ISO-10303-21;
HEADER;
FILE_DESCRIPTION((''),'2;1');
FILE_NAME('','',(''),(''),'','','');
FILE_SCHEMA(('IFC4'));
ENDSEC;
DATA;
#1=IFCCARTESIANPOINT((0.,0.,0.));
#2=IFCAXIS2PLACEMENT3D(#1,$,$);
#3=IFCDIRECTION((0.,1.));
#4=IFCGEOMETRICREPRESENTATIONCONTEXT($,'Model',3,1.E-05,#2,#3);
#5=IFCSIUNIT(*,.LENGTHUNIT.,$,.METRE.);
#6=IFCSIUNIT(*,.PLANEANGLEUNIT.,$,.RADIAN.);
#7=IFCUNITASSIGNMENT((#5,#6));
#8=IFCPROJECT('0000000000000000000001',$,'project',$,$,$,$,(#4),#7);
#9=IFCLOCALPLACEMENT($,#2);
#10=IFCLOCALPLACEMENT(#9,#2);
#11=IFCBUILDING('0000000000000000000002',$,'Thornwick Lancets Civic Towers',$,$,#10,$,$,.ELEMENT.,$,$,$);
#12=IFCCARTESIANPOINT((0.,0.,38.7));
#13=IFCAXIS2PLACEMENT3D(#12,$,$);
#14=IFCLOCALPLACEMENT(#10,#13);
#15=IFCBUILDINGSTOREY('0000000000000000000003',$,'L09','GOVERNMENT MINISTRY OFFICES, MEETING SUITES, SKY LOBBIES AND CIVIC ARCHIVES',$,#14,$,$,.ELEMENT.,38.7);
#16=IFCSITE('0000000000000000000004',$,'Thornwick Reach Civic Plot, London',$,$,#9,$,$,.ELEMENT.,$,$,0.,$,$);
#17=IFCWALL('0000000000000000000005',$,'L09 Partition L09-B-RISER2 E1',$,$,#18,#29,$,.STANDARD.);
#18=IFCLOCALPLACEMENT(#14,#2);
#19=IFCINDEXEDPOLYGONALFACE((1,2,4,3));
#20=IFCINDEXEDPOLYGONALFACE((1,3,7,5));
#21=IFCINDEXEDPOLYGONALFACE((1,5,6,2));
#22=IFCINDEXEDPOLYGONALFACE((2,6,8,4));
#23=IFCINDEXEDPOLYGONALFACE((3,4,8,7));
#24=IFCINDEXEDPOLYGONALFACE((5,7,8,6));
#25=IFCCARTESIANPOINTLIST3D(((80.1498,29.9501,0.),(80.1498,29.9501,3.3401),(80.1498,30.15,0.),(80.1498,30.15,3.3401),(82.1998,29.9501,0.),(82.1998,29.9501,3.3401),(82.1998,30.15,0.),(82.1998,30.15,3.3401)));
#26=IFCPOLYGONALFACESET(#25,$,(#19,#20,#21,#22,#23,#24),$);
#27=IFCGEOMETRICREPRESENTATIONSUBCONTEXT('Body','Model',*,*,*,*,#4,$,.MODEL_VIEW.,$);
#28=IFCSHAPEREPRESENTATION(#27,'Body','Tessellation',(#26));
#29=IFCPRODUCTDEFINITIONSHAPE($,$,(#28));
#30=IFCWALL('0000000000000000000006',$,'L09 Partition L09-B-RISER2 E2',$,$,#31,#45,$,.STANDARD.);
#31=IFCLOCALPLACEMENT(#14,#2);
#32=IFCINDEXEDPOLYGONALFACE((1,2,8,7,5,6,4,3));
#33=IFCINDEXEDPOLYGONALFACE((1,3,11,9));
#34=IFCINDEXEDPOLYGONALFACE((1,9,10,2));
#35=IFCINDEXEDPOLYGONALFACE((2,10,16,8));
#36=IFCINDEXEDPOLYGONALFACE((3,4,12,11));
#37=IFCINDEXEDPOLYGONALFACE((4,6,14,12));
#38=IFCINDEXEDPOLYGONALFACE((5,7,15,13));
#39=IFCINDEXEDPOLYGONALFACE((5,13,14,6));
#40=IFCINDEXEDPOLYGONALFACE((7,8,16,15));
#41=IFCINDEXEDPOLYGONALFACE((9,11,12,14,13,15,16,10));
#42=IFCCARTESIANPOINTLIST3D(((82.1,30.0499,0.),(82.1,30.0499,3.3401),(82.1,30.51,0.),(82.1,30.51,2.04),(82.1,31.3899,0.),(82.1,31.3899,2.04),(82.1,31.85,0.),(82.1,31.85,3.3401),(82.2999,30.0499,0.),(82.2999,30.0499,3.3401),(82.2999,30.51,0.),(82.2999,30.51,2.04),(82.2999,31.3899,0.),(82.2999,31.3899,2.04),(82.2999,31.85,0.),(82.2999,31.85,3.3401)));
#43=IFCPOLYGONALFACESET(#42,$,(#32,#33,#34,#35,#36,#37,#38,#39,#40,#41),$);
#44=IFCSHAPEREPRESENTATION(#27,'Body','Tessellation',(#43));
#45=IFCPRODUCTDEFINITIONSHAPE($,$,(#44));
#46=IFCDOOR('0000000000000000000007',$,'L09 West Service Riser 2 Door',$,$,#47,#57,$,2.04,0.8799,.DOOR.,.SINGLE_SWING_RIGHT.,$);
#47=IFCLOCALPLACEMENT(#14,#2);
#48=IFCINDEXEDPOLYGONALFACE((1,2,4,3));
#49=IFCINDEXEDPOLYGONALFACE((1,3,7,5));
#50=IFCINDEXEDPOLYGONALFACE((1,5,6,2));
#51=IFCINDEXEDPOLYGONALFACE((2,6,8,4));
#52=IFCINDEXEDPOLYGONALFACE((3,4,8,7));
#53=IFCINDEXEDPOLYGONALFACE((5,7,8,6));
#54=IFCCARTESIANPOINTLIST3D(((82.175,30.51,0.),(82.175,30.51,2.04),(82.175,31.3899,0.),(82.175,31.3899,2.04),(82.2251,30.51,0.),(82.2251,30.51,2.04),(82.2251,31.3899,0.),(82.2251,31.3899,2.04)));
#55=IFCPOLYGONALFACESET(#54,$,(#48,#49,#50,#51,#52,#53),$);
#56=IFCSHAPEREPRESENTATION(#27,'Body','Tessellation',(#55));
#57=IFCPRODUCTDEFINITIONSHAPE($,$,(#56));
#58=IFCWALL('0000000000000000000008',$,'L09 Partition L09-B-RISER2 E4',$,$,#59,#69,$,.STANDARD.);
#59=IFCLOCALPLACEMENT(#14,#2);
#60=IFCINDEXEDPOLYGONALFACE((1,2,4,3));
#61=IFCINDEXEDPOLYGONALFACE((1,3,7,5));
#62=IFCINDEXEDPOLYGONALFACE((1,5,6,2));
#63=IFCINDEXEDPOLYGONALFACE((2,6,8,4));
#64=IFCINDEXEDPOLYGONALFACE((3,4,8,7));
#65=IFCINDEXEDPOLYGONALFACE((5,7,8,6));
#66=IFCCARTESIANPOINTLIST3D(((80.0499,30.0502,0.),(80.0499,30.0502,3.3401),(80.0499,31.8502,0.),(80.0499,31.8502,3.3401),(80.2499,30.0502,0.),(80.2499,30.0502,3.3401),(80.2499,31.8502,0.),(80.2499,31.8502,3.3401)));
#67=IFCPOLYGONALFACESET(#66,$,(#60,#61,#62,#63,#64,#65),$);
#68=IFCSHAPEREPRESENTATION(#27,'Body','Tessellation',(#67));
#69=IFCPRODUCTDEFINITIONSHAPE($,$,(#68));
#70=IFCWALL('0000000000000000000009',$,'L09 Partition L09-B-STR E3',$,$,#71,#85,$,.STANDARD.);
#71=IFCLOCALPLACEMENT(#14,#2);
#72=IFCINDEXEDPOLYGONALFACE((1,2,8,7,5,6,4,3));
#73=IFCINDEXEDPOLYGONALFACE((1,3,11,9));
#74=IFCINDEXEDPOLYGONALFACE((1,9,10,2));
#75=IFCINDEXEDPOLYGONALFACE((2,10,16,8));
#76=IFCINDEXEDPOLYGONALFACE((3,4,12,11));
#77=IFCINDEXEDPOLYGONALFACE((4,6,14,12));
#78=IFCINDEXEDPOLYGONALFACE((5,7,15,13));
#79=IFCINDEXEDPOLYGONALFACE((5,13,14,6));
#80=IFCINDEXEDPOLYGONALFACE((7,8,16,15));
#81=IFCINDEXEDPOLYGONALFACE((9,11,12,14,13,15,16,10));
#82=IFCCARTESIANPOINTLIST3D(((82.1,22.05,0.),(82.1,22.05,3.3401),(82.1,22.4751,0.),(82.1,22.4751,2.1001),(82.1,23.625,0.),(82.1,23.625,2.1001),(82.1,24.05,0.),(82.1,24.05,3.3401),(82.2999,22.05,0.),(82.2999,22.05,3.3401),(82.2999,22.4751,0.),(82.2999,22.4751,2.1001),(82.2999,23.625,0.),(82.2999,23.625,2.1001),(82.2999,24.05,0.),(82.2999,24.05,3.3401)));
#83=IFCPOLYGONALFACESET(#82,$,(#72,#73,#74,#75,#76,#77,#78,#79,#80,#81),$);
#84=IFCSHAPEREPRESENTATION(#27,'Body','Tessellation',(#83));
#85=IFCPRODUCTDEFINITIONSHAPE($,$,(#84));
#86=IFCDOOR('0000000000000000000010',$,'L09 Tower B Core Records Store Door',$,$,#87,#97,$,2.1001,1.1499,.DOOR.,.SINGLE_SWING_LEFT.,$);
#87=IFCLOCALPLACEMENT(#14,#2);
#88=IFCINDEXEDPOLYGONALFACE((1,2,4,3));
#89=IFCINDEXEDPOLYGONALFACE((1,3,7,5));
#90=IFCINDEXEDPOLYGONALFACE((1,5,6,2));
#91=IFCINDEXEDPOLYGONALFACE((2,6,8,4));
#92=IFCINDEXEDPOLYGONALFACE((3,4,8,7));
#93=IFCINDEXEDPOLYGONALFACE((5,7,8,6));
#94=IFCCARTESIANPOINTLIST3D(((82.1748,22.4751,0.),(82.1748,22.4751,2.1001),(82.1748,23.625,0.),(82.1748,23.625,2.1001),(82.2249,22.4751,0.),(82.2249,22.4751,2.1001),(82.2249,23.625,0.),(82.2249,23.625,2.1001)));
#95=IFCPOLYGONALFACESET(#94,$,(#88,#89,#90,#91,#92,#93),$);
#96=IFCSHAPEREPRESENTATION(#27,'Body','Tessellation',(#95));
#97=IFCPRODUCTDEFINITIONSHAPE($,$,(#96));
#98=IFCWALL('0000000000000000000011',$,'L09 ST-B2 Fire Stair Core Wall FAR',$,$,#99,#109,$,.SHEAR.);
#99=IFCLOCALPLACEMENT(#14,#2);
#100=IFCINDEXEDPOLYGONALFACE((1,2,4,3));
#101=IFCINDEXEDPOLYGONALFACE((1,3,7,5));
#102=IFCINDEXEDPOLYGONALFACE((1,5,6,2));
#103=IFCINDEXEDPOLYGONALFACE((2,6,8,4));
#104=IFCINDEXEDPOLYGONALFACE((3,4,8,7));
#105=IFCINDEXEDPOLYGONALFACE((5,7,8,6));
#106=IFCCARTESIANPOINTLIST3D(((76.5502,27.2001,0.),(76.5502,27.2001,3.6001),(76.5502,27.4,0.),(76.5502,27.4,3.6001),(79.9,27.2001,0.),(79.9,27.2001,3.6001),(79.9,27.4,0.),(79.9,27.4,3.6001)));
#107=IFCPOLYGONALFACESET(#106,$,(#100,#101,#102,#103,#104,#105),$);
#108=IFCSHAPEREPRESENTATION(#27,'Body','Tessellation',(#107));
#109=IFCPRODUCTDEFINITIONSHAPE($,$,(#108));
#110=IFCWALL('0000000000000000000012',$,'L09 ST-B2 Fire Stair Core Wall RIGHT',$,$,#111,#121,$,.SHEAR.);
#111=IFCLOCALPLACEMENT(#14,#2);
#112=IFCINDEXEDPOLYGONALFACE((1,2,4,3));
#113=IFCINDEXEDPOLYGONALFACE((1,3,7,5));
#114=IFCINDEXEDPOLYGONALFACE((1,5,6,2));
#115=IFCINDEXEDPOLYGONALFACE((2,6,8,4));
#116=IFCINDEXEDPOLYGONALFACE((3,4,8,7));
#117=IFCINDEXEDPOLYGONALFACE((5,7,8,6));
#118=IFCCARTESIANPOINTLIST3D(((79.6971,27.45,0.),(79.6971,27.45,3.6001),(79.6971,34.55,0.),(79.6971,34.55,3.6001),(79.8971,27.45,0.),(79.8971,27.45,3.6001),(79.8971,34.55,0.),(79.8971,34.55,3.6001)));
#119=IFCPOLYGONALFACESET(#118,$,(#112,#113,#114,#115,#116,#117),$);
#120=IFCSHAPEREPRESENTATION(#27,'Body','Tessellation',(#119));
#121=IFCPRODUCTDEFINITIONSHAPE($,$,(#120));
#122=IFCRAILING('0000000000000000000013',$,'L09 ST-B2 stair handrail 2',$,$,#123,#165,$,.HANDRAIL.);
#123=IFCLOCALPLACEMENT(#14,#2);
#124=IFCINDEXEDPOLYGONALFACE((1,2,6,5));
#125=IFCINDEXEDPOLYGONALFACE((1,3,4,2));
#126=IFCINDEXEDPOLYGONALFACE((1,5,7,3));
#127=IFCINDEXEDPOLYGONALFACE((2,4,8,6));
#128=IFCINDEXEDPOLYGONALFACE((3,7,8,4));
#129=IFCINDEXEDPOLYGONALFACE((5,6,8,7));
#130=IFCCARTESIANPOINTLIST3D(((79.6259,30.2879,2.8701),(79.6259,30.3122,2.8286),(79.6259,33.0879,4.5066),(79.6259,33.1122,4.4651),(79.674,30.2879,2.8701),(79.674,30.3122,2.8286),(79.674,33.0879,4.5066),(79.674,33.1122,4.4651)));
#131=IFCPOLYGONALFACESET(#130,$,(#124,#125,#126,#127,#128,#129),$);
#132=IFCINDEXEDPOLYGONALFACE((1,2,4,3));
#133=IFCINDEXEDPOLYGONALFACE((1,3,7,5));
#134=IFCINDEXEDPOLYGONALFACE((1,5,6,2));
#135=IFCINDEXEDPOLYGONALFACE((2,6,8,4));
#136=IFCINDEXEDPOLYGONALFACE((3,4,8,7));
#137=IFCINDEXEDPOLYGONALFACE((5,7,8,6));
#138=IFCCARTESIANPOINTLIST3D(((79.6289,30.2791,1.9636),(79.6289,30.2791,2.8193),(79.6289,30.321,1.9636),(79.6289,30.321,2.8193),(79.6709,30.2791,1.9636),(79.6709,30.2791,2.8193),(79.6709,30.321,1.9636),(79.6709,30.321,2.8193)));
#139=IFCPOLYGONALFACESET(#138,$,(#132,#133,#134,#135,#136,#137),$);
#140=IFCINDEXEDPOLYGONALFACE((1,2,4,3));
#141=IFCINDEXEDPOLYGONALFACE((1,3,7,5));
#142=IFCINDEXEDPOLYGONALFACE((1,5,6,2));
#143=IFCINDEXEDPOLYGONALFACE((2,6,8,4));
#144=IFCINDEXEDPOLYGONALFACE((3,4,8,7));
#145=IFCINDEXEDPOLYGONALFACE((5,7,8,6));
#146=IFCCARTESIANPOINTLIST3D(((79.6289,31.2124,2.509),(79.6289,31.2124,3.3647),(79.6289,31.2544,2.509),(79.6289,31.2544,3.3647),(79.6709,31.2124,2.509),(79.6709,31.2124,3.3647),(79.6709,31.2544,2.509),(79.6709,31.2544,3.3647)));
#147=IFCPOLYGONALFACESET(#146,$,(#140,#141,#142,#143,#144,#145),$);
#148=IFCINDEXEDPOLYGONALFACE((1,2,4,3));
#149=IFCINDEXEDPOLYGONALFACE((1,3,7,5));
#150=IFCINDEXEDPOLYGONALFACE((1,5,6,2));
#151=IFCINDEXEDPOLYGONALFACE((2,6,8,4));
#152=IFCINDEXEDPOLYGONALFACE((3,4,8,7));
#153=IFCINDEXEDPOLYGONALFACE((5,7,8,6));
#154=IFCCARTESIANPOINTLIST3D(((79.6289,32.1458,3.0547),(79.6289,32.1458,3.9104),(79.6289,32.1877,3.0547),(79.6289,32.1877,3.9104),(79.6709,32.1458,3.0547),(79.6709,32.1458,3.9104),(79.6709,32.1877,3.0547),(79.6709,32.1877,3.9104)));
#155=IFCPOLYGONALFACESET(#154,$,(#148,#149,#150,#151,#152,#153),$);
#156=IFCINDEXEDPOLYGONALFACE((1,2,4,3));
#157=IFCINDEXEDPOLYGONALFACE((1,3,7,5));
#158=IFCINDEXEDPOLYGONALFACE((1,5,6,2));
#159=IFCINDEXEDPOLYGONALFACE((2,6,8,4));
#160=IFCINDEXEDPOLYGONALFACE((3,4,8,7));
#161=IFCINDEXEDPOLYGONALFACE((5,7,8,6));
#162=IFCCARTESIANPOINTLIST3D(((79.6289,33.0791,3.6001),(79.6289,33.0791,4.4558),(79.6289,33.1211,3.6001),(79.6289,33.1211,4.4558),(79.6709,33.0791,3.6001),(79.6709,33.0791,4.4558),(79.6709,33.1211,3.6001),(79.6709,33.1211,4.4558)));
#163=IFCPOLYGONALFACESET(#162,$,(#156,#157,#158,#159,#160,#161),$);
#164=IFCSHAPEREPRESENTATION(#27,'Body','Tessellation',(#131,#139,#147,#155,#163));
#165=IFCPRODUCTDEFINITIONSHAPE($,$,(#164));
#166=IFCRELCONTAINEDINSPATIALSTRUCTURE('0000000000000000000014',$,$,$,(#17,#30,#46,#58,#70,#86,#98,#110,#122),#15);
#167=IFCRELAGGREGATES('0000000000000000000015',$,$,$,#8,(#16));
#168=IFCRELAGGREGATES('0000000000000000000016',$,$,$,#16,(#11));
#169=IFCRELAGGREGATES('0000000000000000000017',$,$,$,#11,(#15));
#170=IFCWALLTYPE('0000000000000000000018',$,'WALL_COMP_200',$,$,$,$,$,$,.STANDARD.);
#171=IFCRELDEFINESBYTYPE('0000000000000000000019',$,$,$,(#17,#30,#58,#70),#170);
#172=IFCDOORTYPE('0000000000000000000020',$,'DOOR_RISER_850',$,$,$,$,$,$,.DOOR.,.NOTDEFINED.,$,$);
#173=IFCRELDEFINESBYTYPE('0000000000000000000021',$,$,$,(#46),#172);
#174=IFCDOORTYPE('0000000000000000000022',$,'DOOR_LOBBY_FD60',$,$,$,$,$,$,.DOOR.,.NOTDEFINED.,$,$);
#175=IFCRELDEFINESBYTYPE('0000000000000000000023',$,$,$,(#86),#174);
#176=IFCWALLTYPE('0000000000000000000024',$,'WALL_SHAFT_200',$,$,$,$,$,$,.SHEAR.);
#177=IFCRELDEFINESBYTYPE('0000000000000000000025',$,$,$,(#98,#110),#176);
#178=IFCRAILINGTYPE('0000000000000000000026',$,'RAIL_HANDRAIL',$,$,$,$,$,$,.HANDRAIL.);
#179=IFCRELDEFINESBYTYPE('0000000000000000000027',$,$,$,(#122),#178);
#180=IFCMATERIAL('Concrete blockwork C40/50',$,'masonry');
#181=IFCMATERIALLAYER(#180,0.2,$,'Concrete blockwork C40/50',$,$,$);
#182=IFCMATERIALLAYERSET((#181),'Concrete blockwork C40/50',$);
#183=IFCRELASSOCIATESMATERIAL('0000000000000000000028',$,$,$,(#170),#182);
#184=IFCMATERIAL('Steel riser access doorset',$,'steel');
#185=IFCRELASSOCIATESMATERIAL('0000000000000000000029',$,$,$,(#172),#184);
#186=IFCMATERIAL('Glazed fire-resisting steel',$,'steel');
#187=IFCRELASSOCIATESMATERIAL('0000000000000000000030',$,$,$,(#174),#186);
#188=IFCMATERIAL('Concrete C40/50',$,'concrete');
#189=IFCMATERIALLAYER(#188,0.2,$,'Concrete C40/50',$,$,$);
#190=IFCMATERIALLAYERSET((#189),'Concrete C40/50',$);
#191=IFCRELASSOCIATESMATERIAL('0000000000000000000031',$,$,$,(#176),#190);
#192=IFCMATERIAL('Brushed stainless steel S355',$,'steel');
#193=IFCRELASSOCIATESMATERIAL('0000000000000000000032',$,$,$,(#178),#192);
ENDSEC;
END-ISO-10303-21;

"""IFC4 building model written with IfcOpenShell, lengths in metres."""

from ifc_helpers import new_model, si_unit, direction, frame, frame_2d, origin, origin_2d, place, context, subcontext, project, spatial, rectangle, extrude, material, layer, layer_set, type_object, element, fill, save


model = new_model("IFC4")

# Units and contexts
model_context = context("Model", 3, precision=1e-05, world=origin(), true_north=direction((0.0, 1.0)))
body_context = subcontext(model_context, "Body", "Model", "MODEL_VIEW")
ifc_project = project(units=[si_unit("LENGTHUNIT", "METRE"), si_unit("PLANEANGLEUNIT", "RADIAN")], contexts=[model_context])

# Site, building, storey
site_placement = place(None, origin())
site = spatial("IfcSite", under=ifc_project, at=site_placement, Name="Thornwick Reach Civic Plot, London", CompositionType="ELEMENT", RefElevation=0.0)
building_placement = place(site_placement, origin())
building = spatial("IfcBuilding", under=site, at=building_placement, Name="Thornwick Lancets Civic Towers", CompositionType="ELEMENT")
storey_placement = place(building_placement, frame((0.0, 0.0, 38.7)))
storey = spatial("IfcBuildingStorey", under=building, at=storey_placement, Name="L09", Description="GOVERNMENT MINISTRY OFFICES, MEETING SUITES, SKY LOBBIES AND CIVIC ARCHIVES", CompositionType="ELEMENT", Elevation=38.7)

# Shared definitions
ifc_material_1 = material(Name="Concrete blockwork C40/50", Category="masonry")
ifc_layer_1 = layer(ifc_material_1, 0.2, Name="Concrete blockwork C40/50")
ifc_layer_set_1 = layer_set([ifc_layer_1], Name="Concrete blockwork C40/50")
wall_type_1 = type_object("IfcWallType", Name="WALL_COMP_200", PredefinedType="STANDARD", material=ifc_layer_set_1)

# Shared definitions
ifc_material_2 = material(Name="Steel riser access doorset", Category="steel")
door_type_1 = type_object("IfcDoorType", Name="DOOR_RISER_850", OperationType="NOTDEFINED", PredefinedType="DOOR", material=ifc_material_2)

# Wall
wall_1_placement = place(storey_placement, frame((80.1499, 30.05, 0.0), z_axis=(0.0, 0.0, 1.0), x_axis=(1.0, 0.0, 0.0)))
element("IfcWall", 1, at=wall_1_placement, inside=storey, type_object=wall_type_1, Name="L09 Partition L09-B-RISER2 E1", PredefinedType="STANDARD", context=body_context, shape_type="SweptSolid", body=[
    extrude(rectangle(XDim=2.05, YDim=0.2, at=frame_2d((1.0249, 0.0))), origin(), (0.0, 0.0, 1.0), 3.3401),
])

# Wall, opening, door
wall_2_placement = place(storey_placement, frame((82.2, 30.05, 0.0), z_axis=(0.0, 0.0, 1.0), x_axis=(0.0, 1.0, 0.0)))
wall_2 = element("IfcWall", 2, at=wall_2_placement, inside=storey, type_object=wall_type_1, Name="L09 Partition L09-B-RISER2 E2", PredefinedType="STANDARD", context=body_context, shape_type="SweptSolid", body=[
    extrude(rectangle(XDim=1.8, YDim=0.2, at=frame_2d((0.8999, 0.0))), origin(), (0.0, 0.0, 1.0), 3.3401),
])
opening_1_placement = place(wall_2_placement, frame((0.46, 0.0, 0.0)))
opening_1 = element("IfcOpeningElement", 3, at=opening_1_placement, cuts=wall_2, PredefinedType="OPENING", context=body_context, shape_type="SweptSolid", body=[
    extrude(rectangle(XDim=0.8799, YDim=2.04, at=frame_2d((0.4399, 1.02))), frame((0.0, 0.1099, 0.0), z_axis=(0.0, -1.0, 0.0), x_axis=(1.0, 0.0, 0.0)), (0.0, 0.0, 1.0), 0.22),
])
door_1_placement = place(opening_1_placement, origin())
door_1 = element("IfcDoor", 4, at=door_1_placement, inside=storey, type_object=door_type_1, Name="L09 West Service Riser 2 Door", OperationType="SINGLE_SWING_RIGHT", OverallHeight=2.04, OverallWidth=0.8799, PredefinedType="DOOR", context=body_context, shape_type="SweptSolid", body=[
    extrude(rectangle(XDim=0.8799, YDim=2.04, at=frame_2d((0.4399, 1.02))), frame((0.0, 0.0249, 0.0), z_axis=(0.0, -1.0, 0.0), x_axis=(1.0, 0.0, 0.0)), (0.0, 0.0, 1.0), 0.05),
])
fill(opening_1, door_1)

# Wall
wall_3_placement = place(storey_placement, frame((80.1499, 31.8501, 0.0), z_axis=(0.0, 0.0, 1.0), x_axis=(0.0, -1.0, 0.0)))
element("IfcWall", 5, at=wall_3_placement, inside=storey, type_object=wall_type_1, Name="L09 Partition L09-B-RISER2 E4", PredefinedType="STANDARD", context=body_context, shape_type="SweptSolid", body=[
    extrude(rectangle(XDim=1.8, YDim=0.2, at=frame_2d((0.8999, 0.0))), origin(), (0.0, 0.0, 1.0), 3.3401),
])

# Wall, opening, door
wall_4_placement = place(storey_placement, frame((82.2, 24.05, 0.0), z_axis=(0.0, 0.0, 1.0), x_axis=(0.0, -1.0, 0.0)))
wall_4 = element("IfcWall", 6, at=wall_4_placement, inside=storey, type_object=wall_type_1, Name="L09 Partition L09-B-STR E3", PredefinedType="STANDARD", context=body_context, shape_type="SweptSolid", body=[
    extrude(rectangle(XDim=2.0, YDim=0.2, at=frame_2d((1.0, 0.0))), origin(), (0.0, 0.0, 1.0), 3.3401),
])
opening_2_placement = place(wall_4_placement, frame((0.425, 0.0, 0.0)))
opening_2 = element("IfcOpeningElement", 7, at=opening_2_placement, cuts=wall_4, PredefinedType="OPENING", context=body_context, shape_type="SweptSolid", body=[
    extrude(rectangle(XDim=1.1499, YDim=2.1001, at=frame_2d((0.575, 1.05))), frame((0.0, 0.1099, 0.0), z_axis=(0.0, -1.0, 0.0), x_axis=(1.0, 0.0, 0.0)), (0.0, 0.0, 1.0), 0.22),
])
ifc_material_3 = material(Name="Glazed fire-resisting steel", Category="steel")
door_type_2 = type_object("IfcDoorType", Name="DOOR_LOBBY_FD60", OperationType="NOTDEFINED", PredefinedType="DOOR", material=ifc_material_3)
door_2_placement = place(opening_2_placement, origin())
door_2 = element("IfcDoor", 8, at=door_2_placement, inside=storey, type_object=door_type_2, Name="L09 Tower B Core Records Store Door", OperationType="SINGLE_SWING_LEFT", OverallHeight=2.1001, OverallWidth=1.1499, PredefinedType="DOOR", context=body_context, shape_type="SweptSolid", body=[
    extrude(rectangle(XDim=1.1499, YDim=2.1001, at=frame_2d((0.575, 1.05))), frame((0.0, 0.0249, 0.0), z_axis=(0.0, -1.0, 0.0), x_axis=(1.0, 0.0, 0.0)), (0.0, 0.0, 1.0), 0.05),
])
fill(opening_2, door_2)

# Walls
ifc_material_4 = material(Name="Concrete C40/50", Category="concrete")
ifc_layer_2 = layer(ifc_material_4, 0.2, Name="Concrete C40/50")
ifc_layer_set_2 = layer_set([ifc_layer_2], Name="Concrete C40/50")
wall_type_2 = type_object("IfcWallType", Name="WALL_SHAFT_200", PredefinedType="SHEAR", material=ifc_layer_set_2)
wall_5_placement = place(storey_placement, frame((79.8999, 27.3, 0.0), z_axis=(0.0, 0.0, 1.0), x_axis=(-1.0, 0.0, 0.0)))
element("IfcWall", 9, at=wall_5_placement, inside=storey, type_object=wall_type_2, Name="L09 ST-B2 Fire Stair Core Wall FAR", PredefinedType="SHEAR", context=body_context, shape_type="SweptSolid", body=[
    extrude(rectangle(XDim=3.3499, YDim=0.2, at=frame_2d((1.6748, 0.0))), origin(), (0.0, 0.0, 1.0), 3.6001),
])
wall_6_placement = place(storey_placement, frame((79.7971, 27.45, 0.0), z_axis=(0.0, 0.0, 1.0), x_axis=(0.0, 1.0, 0.0)))
element("IfcWall", 10, at=wall_6_placement, inside=storey, type_object=wall_type_2, Name="L09 ST-B2 Fire Stair Core Wall RIGHT", PredefinedType="SHEAR", context=body_context, shape_type="SweptSolid", body=[
    extrude(rectangle(XDim=7.1001, YDim=0.2, at=frame_2d((3.55, 0.0))), origin(), (0.0, 0.0, 1.0), 3.6001),
])

# Railing
ifc_material_5 = material(Name="Brushed stainless steel S355", Category="steel")
railing_type = type_object("IfcRailingType", Name="RAIL_HANDRAIL", PredefinedType="HANDRAIL", material=ifc_material_5)
railing_placement = place(storey_placement, frame((79.6499, 30.3, 1.9636)))
element("IfcRailing", 11, at=railing_placement, inside=storey, type_object=railing_type, Name="L09 ST-B2 stair handrail 2", PredefinedType="HANDRAIL", context=body_context, shape_type="SweptSolid", body=[
    extrude(rectangle(XDim=0.0481, YDim=0.0481, at=origin_2d()), frame((0.0, 0.0, 0.8857), z_axis=(0.0, 0.863361, 0.504587), x_axis=(-1.0, 0.0, 0.0)), (0.0, 0.0, 1.0), 3.2432),
    extrude(rectangle(XDim=0.042, YDim=0.042, at=origin_2d()), origin(), (0.0, 0.0, 1.0), 0.8557),
    extrude(rectangle(XDim=0.042, YDim=0.042, at=origin_2d()), frame((0.0, 0.9333, 0.5454)), (0.0, 0.0, 1.0), 0.8557),
    extrude(rectangle(XDim=0.042, YDim=0.042, at=origin_2d()), frame((0.0, 1.8667, 1.0911)), (0.0, 0.0, 1.0), 0.8557),
    extrude(rectangle(XDim=0.042, YDim=0.042, at=origin_2d()), frame((0.0, 2.8, 1.6365)), (0.0, 0.0, 1.0), 0.8557),
])

save(model, "model.ifc")
